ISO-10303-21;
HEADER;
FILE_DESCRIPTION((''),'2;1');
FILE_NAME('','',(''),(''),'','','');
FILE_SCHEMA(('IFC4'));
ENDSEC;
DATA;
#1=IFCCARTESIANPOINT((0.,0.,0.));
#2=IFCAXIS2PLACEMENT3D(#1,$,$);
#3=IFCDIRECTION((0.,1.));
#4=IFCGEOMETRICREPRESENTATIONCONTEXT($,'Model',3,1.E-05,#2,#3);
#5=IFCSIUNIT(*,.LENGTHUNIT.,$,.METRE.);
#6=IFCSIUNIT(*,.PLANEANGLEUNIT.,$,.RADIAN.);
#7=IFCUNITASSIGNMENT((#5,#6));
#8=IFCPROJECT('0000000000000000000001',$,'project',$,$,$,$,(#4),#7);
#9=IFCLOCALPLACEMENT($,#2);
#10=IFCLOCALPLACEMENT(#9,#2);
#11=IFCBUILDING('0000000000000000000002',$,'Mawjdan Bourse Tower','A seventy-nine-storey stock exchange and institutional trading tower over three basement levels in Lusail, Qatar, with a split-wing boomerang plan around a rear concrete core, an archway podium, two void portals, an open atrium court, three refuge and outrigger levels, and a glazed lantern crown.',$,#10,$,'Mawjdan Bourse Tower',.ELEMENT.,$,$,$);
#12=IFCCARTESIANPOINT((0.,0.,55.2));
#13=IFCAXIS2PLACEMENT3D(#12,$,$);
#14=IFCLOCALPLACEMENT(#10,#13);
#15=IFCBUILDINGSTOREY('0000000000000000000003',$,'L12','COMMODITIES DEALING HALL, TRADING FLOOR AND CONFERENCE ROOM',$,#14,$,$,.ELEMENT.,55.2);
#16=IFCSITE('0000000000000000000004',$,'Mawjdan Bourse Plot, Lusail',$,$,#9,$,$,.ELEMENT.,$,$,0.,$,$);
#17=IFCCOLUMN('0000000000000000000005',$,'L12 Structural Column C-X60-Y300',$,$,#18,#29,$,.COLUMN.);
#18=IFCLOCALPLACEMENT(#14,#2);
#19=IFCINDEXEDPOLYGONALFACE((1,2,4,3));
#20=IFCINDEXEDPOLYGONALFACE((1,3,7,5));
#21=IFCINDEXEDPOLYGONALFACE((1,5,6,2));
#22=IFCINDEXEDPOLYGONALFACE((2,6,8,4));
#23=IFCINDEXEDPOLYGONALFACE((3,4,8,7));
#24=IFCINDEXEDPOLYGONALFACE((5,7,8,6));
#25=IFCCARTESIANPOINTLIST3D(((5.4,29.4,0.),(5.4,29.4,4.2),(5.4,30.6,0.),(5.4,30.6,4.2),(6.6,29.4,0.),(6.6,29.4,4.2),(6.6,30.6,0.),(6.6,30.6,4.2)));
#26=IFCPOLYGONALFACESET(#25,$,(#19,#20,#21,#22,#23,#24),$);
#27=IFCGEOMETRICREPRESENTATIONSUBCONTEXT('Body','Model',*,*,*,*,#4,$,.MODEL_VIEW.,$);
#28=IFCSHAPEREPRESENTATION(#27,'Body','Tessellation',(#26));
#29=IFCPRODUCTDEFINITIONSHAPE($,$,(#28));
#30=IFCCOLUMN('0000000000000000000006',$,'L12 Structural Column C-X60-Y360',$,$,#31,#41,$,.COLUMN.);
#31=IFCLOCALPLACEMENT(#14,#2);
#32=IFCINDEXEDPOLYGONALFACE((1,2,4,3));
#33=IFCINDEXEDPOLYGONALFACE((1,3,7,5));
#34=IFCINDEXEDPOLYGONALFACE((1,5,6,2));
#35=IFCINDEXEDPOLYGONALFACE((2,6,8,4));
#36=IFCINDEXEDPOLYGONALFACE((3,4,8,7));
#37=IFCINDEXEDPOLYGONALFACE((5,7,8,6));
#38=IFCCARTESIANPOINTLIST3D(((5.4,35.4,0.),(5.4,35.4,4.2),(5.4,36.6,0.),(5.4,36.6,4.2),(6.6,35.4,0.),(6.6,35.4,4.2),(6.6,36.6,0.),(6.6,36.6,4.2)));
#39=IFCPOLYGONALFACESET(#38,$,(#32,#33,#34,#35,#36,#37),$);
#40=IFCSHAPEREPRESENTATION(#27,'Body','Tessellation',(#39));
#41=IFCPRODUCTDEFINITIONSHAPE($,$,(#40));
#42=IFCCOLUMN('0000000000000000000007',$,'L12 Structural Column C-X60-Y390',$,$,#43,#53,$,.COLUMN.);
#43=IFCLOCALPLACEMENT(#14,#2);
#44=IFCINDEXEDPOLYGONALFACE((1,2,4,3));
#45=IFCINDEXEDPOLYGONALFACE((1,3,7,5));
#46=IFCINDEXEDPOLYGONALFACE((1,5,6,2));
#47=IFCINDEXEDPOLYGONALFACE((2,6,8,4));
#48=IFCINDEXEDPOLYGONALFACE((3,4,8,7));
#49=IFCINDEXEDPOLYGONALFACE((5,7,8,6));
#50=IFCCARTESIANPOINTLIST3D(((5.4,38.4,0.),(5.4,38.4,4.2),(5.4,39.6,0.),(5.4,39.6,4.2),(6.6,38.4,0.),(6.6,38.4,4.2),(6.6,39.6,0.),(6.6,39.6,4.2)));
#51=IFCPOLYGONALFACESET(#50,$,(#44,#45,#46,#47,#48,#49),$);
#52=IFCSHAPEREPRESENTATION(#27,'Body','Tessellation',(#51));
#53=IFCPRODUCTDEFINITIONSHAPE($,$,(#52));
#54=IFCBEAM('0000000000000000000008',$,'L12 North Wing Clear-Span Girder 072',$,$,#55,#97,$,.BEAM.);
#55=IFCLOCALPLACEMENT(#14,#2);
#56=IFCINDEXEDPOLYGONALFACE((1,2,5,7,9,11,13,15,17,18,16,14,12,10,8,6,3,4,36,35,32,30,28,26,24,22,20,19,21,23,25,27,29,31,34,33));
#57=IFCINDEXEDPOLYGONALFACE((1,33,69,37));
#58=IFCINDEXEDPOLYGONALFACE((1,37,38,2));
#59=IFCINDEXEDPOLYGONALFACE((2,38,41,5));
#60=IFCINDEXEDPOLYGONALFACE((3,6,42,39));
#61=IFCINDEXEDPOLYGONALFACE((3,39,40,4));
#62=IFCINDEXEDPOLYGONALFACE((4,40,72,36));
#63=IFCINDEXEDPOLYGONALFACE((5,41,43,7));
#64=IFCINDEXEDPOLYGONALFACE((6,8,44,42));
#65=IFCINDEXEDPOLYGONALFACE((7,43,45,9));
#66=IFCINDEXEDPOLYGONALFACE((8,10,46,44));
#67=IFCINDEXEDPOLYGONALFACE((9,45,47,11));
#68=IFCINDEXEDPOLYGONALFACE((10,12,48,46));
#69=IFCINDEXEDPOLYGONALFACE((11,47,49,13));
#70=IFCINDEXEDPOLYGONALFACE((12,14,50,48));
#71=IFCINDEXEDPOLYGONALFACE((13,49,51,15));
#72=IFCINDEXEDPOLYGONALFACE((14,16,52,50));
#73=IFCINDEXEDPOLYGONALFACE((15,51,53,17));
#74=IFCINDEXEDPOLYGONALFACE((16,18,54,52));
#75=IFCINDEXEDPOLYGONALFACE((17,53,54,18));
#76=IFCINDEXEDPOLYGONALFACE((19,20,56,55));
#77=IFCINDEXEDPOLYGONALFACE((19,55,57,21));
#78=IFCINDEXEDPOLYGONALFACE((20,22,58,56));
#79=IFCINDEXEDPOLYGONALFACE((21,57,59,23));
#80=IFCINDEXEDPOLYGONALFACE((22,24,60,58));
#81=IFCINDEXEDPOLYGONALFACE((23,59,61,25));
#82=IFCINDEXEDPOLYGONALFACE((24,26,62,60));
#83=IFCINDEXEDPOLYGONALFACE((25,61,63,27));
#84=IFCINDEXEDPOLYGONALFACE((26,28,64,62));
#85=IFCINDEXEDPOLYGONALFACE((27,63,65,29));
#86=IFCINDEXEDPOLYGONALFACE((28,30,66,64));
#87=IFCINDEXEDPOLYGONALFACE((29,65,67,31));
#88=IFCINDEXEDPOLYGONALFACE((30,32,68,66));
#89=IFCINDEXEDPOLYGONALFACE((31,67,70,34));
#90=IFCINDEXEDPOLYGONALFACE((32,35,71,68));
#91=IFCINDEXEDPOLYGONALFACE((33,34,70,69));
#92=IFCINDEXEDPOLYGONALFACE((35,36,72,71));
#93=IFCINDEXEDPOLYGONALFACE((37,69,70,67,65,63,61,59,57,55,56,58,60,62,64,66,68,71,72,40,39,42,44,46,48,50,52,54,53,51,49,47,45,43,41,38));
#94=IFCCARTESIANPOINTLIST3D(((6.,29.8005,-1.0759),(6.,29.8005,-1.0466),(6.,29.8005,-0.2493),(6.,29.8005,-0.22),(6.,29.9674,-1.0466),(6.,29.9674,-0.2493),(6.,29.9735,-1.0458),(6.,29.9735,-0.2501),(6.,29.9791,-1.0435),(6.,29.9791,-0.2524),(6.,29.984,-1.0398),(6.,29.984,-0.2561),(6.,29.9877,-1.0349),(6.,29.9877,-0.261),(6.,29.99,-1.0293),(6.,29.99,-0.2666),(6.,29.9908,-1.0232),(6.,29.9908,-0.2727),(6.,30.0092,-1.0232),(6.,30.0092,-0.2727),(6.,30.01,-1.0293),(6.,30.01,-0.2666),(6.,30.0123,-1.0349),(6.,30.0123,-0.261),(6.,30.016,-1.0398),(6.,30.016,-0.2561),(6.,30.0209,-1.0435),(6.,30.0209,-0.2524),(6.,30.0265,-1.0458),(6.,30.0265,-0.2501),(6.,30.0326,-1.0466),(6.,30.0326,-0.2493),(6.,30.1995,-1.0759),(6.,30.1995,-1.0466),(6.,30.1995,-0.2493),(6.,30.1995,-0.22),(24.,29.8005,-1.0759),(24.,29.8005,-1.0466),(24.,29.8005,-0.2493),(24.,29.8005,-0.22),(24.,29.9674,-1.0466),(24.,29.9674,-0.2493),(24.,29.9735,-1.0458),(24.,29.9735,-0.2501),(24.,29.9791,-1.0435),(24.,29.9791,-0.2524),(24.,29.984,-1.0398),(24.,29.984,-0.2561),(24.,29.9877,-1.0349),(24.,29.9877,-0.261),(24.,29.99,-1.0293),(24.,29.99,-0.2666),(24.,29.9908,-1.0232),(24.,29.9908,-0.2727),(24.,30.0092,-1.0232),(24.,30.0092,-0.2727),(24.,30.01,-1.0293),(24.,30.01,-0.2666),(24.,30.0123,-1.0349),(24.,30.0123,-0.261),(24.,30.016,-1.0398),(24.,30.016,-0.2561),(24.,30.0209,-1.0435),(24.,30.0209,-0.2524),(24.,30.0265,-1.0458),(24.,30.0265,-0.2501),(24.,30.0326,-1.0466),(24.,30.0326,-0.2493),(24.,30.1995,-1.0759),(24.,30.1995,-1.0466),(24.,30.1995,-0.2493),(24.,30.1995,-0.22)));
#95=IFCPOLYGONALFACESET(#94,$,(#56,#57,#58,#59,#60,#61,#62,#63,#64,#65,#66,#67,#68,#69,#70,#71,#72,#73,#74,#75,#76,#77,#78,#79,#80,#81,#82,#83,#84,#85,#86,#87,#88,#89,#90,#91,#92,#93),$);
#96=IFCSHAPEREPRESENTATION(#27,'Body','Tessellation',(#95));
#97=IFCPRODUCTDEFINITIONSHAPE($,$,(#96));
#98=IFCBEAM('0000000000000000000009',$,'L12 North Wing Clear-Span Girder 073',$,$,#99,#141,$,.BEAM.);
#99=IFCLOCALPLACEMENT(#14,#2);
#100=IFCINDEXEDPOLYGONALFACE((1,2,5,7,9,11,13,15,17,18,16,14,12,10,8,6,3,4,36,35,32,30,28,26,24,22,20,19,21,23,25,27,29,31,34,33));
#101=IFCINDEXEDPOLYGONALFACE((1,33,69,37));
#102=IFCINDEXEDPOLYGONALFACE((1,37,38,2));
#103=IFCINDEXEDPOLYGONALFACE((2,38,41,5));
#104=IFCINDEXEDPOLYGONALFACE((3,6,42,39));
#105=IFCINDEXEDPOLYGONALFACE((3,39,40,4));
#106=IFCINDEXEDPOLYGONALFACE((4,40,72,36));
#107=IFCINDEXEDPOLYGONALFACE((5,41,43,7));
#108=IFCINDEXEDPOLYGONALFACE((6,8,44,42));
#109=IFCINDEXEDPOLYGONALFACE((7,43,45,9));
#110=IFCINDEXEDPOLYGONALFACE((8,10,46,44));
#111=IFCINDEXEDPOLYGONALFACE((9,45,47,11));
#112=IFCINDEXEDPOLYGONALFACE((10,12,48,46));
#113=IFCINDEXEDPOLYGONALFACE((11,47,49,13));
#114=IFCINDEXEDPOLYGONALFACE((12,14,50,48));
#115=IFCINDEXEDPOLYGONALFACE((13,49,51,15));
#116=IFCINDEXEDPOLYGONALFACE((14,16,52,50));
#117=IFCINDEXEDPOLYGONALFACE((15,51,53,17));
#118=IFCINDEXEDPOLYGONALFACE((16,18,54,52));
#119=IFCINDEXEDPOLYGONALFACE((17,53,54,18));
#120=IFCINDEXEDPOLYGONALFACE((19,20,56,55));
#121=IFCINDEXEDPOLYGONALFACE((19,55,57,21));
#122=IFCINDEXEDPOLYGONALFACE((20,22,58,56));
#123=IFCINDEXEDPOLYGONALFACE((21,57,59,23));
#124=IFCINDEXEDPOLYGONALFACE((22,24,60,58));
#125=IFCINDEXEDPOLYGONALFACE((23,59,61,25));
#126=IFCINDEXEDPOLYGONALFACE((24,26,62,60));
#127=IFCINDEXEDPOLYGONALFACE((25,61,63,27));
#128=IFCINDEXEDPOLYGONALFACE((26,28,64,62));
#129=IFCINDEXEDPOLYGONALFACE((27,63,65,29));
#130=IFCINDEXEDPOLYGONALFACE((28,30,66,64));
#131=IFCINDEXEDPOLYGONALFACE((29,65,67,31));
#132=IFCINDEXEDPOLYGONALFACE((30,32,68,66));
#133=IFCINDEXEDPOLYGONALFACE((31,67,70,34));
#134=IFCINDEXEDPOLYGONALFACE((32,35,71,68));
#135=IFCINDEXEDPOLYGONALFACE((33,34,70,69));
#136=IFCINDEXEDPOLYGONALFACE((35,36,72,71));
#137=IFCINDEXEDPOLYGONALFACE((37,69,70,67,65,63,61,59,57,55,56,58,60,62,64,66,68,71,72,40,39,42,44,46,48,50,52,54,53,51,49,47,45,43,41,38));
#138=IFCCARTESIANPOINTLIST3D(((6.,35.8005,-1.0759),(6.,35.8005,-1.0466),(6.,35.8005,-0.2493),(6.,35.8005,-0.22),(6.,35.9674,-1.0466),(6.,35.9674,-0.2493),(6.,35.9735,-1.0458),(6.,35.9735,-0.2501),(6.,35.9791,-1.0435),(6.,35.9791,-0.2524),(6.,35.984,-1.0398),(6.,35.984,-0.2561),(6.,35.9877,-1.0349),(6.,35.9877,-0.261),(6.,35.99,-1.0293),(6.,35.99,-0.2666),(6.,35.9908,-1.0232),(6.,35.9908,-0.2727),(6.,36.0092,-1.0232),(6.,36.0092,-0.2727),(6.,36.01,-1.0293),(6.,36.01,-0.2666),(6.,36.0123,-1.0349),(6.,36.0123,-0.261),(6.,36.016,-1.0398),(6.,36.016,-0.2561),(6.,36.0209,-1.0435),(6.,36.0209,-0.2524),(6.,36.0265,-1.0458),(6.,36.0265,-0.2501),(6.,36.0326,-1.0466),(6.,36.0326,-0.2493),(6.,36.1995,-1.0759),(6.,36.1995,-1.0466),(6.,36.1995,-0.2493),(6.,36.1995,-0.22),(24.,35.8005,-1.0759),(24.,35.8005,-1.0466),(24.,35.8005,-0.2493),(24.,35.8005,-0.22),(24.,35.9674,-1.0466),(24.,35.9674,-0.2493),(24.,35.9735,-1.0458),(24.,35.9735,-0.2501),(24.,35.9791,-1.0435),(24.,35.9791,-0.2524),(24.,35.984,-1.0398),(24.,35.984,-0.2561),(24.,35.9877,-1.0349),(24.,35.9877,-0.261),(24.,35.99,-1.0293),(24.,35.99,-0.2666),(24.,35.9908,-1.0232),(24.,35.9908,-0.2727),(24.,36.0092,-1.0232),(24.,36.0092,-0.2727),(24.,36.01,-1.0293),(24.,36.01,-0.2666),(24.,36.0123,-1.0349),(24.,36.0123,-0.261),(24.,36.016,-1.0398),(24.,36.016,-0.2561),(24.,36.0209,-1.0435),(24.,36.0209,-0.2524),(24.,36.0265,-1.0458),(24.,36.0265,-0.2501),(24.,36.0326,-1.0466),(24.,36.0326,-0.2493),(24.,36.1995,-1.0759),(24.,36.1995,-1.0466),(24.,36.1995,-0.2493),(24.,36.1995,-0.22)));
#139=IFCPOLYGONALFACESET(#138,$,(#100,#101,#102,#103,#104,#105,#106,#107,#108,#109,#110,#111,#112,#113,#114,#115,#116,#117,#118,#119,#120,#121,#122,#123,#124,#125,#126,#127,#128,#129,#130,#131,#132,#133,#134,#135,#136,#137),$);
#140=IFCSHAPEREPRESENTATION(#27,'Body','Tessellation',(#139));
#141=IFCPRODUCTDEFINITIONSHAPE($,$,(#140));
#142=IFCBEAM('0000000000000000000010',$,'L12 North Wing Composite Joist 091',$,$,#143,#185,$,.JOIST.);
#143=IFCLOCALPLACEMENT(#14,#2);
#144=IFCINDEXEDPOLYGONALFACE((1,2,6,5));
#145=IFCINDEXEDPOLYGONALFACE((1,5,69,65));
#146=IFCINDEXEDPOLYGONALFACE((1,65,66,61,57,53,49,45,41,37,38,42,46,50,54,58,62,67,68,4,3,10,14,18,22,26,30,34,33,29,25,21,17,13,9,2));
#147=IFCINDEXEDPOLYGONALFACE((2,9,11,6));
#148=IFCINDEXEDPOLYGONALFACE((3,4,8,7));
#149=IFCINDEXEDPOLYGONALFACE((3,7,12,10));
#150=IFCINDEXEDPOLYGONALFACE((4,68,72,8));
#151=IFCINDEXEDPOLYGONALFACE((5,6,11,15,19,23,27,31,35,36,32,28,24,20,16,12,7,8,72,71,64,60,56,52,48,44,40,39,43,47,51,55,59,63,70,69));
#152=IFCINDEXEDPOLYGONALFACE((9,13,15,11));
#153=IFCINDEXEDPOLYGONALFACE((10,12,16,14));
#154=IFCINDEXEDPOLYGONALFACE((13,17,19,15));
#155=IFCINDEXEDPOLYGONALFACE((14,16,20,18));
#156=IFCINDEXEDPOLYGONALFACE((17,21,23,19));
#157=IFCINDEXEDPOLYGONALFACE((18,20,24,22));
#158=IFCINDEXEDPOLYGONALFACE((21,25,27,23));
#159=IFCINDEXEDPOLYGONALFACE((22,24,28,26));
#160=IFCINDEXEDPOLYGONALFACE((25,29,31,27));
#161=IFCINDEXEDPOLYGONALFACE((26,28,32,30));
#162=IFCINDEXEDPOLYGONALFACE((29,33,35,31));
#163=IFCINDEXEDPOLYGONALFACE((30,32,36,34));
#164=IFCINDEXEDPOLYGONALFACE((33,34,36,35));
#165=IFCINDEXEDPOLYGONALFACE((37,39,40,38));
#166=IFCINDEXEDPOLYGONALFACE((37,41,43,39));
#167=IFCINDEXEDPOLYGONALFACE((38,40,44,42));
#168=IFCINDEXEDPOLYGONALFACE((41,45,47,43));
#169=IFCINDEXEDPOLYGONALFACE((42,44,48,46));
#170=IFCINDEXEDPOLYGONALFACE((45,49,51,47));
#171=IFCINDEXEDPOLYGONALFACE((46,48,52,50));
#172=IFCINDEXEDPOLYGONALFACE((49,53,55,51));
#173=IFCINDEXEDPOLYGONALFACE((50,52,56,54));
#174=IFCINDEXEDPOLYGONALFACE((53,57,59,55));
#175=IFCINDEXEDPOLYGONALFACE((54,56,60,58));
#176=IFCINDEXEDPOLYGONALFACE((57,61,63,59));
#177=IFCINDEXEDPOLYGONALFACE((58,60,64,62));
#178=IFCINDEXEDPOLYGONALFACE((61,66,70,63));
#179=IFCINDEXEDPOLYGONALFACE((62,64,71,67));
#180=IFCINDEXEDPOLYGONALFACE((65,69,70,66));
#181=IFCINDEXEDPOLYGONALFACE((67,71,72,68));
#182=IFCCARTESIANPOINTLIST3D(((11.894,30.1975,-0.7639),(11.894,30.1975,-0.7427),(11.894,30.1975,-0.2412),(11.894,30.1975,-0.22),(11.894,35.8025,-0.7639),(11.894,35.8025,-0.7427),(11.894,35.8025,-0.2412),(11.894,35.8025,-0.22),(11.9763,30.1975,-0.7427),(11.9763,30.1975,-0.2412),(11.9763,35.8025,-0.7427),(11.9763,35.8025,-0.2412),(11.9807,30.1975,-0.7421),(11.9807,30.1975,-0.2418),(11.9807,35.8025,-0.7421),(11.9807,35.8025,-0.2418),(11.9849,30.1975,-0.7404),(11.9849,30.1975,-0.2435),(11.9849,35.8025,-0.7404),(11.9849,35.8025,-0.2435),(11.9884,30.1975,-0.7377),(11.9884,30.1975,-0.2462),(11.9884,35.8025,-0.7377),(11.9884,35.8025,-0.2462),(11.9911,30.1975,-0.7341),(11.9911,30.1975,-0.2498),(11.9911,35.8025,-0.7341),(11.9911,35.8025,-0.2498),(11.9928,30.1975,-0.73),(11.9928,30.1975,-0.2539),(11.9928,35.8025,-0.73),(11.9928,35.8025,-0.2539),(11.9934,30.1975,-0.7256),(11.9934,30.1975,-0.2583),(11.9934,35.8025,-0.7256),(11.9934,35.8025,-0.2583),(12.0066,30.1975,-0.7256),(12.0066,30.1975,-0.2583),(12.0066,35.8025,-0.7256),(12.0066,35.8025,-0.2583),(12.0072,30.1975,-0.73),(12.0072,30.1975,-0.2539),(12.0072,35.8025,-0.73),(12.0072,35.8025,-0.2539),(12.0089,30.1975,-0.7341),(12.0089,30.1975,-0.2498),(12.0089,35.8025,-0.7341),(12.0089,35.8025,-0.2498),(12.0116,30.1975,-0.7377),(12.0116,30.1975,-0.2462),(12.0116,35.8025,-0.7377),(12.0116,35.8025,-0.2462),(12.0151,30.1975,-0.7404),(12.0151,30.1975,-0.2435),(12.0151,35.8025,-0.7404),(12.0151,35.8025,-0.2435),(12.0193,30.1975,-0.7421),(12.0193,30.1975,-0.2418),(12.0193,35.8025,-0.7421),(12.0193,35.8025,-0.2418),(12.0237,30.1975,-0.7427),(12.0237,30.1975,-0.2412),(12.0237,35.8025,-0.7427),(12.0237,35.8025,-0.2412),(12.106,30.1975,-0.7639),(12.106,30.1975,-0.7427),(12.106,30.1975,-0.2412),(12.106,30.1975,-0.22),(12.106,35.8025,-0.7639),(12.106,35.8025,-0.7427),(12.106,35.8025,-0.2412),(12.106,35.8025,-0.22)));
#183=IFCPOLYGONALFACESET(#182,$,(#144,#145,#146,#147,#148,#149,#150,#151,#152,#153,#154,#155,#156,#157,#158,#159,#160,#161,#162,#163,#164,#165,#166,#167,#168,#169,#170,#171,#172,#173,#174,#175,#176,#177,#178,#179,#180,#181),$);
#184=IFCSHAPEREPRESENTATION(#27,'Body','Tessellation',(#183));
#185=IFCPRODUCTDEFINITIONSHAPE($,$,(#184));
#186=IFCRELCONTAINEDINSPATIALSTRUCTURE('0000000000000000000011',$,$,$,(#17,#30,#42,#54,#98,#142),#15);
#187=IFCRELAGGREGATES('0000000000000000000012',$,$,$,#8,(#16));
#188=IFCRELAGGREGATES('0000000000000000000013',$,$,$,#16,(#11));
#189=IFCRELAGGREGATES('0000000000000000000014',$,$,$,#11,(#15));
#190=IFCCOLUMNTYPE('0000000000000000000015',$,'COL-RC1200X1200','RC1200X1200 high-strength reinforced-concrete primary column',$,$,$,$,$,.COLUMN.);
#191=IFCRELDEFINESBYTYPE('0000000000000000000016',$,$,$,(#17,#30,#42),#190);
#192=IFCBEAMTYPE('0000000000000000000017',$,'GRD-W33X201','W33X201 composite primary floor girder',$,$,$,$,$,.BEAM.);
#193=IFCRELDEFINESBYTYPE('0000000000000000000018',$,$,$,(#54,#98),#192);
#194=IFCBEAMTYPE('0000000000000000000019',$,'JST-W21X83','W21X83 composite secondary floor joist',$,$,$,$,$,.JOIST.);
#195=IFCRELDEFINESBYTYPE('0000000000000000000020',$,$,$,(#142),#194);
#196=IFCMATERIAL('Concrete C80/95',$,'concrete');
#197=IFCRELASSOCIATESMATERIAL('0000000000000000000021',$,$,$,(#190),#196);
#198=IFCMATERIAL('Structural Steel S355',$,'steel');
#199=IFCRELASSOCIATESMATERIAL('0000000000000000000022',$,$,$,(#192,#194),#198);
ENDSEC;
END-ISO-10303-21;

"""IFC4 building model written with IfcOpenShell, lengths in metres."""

from ifc_helpers import new_model, si_unit, direction, frame, origin, origin_2d, place, context, subcontext, project, spatial, rectangle, i_section, extrude, material, material_profile, profile_set, type_object, element, save


model = new_model("IFC4")

# Units and contexts
model_context = context("Model", 3, precision=1e-05, world=origin(), true_north=direction((0.0, 1.0)))
body_context = subcontext(model_context, "Body", "Model", "MODEL_VIEW")
ifc_project = project(units=[si_unit("LENGTHUNIT", "METRE"), si_unit("PLANEANGLEUNIT", "RADIAN")], contexts=[model_context])

# Site, building, storey
site_placement = place(None, origin())
site = spatial("IfcSite", under=ifc_project, at=site_placement, Name="Mawjdan Bourse Plot, Lusail", CompositionType="ELEMENT", RefElevation=0.0)
building_placement = place(site_placement, origin())
building = spatial("IfcBuilding", under=site, at=building_placement, Name="Mawjdan Bourse Tower", Description="A seventy-nine-storey stock exchange and institutional trading tower over three basement levels in Lusail, Qatar, with a split-wing boomerang plan around a rear concrete core, an archway podium, two void portals, an open atrium court, three refuge and outrigger levels, and a glazed lantern crown.", LongName="Mawjdan Bourse Tower", CompositionType="ELEMENT")
storey_placement = place(building_placement, frame((0.0, 0.0, 55.2)))
storey = spatial("IfcBuildingStorey", under=building, at=storey_placement, Name="L12", Description="COMMODITIES DEALING HALL, TRADING FLOOR AND CONFERENCE ROOM", CompositionType="ELEMENT", Elevation=55.2)

# Columns
ifc_material_1 = material(Name="Concrete C80/95", Category="concrete")
ifc_material_profile_1 = material_profile(ifc_material_1, rectangle(XDim=1.2, YDim=1.2, at=origin_2d()), Name="RC1200X1200")
ifc_profile_set_1 = profile_set([ifc_material_profile_1], Name="Concrete C80/95")
column_type = type_object("IfcColumnType", Name="COL-RC1200X1200", Description="RC1200X1200 high-strength reinforced-concrete primary column", PredefinedType="COLUMN", material=ifc_profile_set_1)
for number, where, z_axis, x_axis, name in (
    (1, (6.0, 30.0, 0.0), (0.0, 0.0, 1.0), (1.0, 0.0, 0.0), "L12 Structural Column C-X60-Y300"),
    (2, (6.0, 36.0, 0.0), (0.0, 0.0, 1.0), (1.0, 0.0, 0.0), "L12 Structural Column C-X60-Y360"),
    (3, (6.0, 39.0, 0.0), (0.0, 0.0, 1.0), (1.0, 0.0, 0.0), "L12 Structural Column C-X60-Y390"),
):
    element("IfcColumn", number, at=place(storey_placement, frame(where, z_axis=z_axis, x_axis=x_axis)), inside=storey, type_object=column_type, Name=name, PredefinedType="COLUMN", context=body_context, shape_type="SweptSolid", body=[
        extrude(rectangle(XDim=1.2, YDim=1.2, at=origin_2d()), origin(), (0.0, 0.0, 1.0), 4.2),
    ])

# Beams
ifc_material_2 = material(Name="Structural Steel S355", Category="steel")
ifc_material_profile_2 = material_profile(ifc_material_2, i_section(OverallWidth=0.3989, OverallDepth=0.856, WebThickness=0.0183, FlangeThickness=0.0293, FilletRadius=0.0234, at=origin_2d()), Name="W33X201")
ifc_profile_set_2 = profile_set([ifc_material_profile_2], Name="Structural Steel S355")
beam_type_1 = type_object("IfcBeamType", Name="GRD-W33X201", Description="W33X201 composite primary floor girder", PredefinedType="BEAM", material=ifc_profile_set_2)
for number, where, z_axis, x_axis, name in (
    (4, (6.0, 30.0, -0.6479), (1.0, 0.0, 0.0), (0.0, 1.0, 0.0), "L12 North Wing Clear-Span Girder 072"),
    (5, (6.0, 36.0, -0.6479), (1.0, 0.0, 0.0), (0.0, 1.0, 0.0), "L12 North Wing Clear-Span Girder 073"),
):
    element("IfcBeam", number, at=place(storey_placement, frame(where, z_axis=z_axis, x_axis=x_axis)), inside=storey, type_object=beam_type_1, Name=name, PredefinedType="BEAM", context=body_context, shape_type="SweptSolid", body=[
        extrude(i_section(OverallWidth=0.3989, OverallDepth=0.856, WebThickness=0.0183, FlangeThickness=0.0293, FilletRadius=0.0234, at=origin_2d()), origin(), (0.0, 0.0, 1.0), 18.0),
    ])
ifc_material_profile_3 = material_profile(ifc_material_2, i_section(OverallWidth=0.2119, OverallDepth=0.5439, WebThickness=0.0132, FlangeThickness=0.0212, FilletRadius=0.0171, at=origin_2d()), Name="W21X83")
ifc_profile_set_3 = profile_set([ifc_material_profile_3], Name="Structural Steel S355")
beam_type_2 = type_object("IfcBeamType", Name="JST-W21X83", Description="W21X83 composite secondary floor joist", PredefinedType="JOIST", material=ifc_profile_set_3)
beam_1_placement = place(storey_placement, frame((12.0, 30.1975, -0.4919), z_axis=(0.0, 1.0, 0.0), x_axis=(-1.0, 0.0, 0.0)))
element("IfcBeam", 6, at=beam_1_placement, inside=storey, type_object=beam_type_2, Name="L12 North Wing Composite Joist 091", PredefinedType="JOIST", context=body_context, shape_type="SweptSolid", body=[
    extrude(i_section(OverallWidth=0.2119, OverallDepth=0.5439, WebThickness=0.0132, FlangeThickness=0.0212, FilletRadius=0.0171, at=origin_2d()), origin(), (0.0, 0.0, 1.0), 5.605),
])

save(model, "model.ifc")
